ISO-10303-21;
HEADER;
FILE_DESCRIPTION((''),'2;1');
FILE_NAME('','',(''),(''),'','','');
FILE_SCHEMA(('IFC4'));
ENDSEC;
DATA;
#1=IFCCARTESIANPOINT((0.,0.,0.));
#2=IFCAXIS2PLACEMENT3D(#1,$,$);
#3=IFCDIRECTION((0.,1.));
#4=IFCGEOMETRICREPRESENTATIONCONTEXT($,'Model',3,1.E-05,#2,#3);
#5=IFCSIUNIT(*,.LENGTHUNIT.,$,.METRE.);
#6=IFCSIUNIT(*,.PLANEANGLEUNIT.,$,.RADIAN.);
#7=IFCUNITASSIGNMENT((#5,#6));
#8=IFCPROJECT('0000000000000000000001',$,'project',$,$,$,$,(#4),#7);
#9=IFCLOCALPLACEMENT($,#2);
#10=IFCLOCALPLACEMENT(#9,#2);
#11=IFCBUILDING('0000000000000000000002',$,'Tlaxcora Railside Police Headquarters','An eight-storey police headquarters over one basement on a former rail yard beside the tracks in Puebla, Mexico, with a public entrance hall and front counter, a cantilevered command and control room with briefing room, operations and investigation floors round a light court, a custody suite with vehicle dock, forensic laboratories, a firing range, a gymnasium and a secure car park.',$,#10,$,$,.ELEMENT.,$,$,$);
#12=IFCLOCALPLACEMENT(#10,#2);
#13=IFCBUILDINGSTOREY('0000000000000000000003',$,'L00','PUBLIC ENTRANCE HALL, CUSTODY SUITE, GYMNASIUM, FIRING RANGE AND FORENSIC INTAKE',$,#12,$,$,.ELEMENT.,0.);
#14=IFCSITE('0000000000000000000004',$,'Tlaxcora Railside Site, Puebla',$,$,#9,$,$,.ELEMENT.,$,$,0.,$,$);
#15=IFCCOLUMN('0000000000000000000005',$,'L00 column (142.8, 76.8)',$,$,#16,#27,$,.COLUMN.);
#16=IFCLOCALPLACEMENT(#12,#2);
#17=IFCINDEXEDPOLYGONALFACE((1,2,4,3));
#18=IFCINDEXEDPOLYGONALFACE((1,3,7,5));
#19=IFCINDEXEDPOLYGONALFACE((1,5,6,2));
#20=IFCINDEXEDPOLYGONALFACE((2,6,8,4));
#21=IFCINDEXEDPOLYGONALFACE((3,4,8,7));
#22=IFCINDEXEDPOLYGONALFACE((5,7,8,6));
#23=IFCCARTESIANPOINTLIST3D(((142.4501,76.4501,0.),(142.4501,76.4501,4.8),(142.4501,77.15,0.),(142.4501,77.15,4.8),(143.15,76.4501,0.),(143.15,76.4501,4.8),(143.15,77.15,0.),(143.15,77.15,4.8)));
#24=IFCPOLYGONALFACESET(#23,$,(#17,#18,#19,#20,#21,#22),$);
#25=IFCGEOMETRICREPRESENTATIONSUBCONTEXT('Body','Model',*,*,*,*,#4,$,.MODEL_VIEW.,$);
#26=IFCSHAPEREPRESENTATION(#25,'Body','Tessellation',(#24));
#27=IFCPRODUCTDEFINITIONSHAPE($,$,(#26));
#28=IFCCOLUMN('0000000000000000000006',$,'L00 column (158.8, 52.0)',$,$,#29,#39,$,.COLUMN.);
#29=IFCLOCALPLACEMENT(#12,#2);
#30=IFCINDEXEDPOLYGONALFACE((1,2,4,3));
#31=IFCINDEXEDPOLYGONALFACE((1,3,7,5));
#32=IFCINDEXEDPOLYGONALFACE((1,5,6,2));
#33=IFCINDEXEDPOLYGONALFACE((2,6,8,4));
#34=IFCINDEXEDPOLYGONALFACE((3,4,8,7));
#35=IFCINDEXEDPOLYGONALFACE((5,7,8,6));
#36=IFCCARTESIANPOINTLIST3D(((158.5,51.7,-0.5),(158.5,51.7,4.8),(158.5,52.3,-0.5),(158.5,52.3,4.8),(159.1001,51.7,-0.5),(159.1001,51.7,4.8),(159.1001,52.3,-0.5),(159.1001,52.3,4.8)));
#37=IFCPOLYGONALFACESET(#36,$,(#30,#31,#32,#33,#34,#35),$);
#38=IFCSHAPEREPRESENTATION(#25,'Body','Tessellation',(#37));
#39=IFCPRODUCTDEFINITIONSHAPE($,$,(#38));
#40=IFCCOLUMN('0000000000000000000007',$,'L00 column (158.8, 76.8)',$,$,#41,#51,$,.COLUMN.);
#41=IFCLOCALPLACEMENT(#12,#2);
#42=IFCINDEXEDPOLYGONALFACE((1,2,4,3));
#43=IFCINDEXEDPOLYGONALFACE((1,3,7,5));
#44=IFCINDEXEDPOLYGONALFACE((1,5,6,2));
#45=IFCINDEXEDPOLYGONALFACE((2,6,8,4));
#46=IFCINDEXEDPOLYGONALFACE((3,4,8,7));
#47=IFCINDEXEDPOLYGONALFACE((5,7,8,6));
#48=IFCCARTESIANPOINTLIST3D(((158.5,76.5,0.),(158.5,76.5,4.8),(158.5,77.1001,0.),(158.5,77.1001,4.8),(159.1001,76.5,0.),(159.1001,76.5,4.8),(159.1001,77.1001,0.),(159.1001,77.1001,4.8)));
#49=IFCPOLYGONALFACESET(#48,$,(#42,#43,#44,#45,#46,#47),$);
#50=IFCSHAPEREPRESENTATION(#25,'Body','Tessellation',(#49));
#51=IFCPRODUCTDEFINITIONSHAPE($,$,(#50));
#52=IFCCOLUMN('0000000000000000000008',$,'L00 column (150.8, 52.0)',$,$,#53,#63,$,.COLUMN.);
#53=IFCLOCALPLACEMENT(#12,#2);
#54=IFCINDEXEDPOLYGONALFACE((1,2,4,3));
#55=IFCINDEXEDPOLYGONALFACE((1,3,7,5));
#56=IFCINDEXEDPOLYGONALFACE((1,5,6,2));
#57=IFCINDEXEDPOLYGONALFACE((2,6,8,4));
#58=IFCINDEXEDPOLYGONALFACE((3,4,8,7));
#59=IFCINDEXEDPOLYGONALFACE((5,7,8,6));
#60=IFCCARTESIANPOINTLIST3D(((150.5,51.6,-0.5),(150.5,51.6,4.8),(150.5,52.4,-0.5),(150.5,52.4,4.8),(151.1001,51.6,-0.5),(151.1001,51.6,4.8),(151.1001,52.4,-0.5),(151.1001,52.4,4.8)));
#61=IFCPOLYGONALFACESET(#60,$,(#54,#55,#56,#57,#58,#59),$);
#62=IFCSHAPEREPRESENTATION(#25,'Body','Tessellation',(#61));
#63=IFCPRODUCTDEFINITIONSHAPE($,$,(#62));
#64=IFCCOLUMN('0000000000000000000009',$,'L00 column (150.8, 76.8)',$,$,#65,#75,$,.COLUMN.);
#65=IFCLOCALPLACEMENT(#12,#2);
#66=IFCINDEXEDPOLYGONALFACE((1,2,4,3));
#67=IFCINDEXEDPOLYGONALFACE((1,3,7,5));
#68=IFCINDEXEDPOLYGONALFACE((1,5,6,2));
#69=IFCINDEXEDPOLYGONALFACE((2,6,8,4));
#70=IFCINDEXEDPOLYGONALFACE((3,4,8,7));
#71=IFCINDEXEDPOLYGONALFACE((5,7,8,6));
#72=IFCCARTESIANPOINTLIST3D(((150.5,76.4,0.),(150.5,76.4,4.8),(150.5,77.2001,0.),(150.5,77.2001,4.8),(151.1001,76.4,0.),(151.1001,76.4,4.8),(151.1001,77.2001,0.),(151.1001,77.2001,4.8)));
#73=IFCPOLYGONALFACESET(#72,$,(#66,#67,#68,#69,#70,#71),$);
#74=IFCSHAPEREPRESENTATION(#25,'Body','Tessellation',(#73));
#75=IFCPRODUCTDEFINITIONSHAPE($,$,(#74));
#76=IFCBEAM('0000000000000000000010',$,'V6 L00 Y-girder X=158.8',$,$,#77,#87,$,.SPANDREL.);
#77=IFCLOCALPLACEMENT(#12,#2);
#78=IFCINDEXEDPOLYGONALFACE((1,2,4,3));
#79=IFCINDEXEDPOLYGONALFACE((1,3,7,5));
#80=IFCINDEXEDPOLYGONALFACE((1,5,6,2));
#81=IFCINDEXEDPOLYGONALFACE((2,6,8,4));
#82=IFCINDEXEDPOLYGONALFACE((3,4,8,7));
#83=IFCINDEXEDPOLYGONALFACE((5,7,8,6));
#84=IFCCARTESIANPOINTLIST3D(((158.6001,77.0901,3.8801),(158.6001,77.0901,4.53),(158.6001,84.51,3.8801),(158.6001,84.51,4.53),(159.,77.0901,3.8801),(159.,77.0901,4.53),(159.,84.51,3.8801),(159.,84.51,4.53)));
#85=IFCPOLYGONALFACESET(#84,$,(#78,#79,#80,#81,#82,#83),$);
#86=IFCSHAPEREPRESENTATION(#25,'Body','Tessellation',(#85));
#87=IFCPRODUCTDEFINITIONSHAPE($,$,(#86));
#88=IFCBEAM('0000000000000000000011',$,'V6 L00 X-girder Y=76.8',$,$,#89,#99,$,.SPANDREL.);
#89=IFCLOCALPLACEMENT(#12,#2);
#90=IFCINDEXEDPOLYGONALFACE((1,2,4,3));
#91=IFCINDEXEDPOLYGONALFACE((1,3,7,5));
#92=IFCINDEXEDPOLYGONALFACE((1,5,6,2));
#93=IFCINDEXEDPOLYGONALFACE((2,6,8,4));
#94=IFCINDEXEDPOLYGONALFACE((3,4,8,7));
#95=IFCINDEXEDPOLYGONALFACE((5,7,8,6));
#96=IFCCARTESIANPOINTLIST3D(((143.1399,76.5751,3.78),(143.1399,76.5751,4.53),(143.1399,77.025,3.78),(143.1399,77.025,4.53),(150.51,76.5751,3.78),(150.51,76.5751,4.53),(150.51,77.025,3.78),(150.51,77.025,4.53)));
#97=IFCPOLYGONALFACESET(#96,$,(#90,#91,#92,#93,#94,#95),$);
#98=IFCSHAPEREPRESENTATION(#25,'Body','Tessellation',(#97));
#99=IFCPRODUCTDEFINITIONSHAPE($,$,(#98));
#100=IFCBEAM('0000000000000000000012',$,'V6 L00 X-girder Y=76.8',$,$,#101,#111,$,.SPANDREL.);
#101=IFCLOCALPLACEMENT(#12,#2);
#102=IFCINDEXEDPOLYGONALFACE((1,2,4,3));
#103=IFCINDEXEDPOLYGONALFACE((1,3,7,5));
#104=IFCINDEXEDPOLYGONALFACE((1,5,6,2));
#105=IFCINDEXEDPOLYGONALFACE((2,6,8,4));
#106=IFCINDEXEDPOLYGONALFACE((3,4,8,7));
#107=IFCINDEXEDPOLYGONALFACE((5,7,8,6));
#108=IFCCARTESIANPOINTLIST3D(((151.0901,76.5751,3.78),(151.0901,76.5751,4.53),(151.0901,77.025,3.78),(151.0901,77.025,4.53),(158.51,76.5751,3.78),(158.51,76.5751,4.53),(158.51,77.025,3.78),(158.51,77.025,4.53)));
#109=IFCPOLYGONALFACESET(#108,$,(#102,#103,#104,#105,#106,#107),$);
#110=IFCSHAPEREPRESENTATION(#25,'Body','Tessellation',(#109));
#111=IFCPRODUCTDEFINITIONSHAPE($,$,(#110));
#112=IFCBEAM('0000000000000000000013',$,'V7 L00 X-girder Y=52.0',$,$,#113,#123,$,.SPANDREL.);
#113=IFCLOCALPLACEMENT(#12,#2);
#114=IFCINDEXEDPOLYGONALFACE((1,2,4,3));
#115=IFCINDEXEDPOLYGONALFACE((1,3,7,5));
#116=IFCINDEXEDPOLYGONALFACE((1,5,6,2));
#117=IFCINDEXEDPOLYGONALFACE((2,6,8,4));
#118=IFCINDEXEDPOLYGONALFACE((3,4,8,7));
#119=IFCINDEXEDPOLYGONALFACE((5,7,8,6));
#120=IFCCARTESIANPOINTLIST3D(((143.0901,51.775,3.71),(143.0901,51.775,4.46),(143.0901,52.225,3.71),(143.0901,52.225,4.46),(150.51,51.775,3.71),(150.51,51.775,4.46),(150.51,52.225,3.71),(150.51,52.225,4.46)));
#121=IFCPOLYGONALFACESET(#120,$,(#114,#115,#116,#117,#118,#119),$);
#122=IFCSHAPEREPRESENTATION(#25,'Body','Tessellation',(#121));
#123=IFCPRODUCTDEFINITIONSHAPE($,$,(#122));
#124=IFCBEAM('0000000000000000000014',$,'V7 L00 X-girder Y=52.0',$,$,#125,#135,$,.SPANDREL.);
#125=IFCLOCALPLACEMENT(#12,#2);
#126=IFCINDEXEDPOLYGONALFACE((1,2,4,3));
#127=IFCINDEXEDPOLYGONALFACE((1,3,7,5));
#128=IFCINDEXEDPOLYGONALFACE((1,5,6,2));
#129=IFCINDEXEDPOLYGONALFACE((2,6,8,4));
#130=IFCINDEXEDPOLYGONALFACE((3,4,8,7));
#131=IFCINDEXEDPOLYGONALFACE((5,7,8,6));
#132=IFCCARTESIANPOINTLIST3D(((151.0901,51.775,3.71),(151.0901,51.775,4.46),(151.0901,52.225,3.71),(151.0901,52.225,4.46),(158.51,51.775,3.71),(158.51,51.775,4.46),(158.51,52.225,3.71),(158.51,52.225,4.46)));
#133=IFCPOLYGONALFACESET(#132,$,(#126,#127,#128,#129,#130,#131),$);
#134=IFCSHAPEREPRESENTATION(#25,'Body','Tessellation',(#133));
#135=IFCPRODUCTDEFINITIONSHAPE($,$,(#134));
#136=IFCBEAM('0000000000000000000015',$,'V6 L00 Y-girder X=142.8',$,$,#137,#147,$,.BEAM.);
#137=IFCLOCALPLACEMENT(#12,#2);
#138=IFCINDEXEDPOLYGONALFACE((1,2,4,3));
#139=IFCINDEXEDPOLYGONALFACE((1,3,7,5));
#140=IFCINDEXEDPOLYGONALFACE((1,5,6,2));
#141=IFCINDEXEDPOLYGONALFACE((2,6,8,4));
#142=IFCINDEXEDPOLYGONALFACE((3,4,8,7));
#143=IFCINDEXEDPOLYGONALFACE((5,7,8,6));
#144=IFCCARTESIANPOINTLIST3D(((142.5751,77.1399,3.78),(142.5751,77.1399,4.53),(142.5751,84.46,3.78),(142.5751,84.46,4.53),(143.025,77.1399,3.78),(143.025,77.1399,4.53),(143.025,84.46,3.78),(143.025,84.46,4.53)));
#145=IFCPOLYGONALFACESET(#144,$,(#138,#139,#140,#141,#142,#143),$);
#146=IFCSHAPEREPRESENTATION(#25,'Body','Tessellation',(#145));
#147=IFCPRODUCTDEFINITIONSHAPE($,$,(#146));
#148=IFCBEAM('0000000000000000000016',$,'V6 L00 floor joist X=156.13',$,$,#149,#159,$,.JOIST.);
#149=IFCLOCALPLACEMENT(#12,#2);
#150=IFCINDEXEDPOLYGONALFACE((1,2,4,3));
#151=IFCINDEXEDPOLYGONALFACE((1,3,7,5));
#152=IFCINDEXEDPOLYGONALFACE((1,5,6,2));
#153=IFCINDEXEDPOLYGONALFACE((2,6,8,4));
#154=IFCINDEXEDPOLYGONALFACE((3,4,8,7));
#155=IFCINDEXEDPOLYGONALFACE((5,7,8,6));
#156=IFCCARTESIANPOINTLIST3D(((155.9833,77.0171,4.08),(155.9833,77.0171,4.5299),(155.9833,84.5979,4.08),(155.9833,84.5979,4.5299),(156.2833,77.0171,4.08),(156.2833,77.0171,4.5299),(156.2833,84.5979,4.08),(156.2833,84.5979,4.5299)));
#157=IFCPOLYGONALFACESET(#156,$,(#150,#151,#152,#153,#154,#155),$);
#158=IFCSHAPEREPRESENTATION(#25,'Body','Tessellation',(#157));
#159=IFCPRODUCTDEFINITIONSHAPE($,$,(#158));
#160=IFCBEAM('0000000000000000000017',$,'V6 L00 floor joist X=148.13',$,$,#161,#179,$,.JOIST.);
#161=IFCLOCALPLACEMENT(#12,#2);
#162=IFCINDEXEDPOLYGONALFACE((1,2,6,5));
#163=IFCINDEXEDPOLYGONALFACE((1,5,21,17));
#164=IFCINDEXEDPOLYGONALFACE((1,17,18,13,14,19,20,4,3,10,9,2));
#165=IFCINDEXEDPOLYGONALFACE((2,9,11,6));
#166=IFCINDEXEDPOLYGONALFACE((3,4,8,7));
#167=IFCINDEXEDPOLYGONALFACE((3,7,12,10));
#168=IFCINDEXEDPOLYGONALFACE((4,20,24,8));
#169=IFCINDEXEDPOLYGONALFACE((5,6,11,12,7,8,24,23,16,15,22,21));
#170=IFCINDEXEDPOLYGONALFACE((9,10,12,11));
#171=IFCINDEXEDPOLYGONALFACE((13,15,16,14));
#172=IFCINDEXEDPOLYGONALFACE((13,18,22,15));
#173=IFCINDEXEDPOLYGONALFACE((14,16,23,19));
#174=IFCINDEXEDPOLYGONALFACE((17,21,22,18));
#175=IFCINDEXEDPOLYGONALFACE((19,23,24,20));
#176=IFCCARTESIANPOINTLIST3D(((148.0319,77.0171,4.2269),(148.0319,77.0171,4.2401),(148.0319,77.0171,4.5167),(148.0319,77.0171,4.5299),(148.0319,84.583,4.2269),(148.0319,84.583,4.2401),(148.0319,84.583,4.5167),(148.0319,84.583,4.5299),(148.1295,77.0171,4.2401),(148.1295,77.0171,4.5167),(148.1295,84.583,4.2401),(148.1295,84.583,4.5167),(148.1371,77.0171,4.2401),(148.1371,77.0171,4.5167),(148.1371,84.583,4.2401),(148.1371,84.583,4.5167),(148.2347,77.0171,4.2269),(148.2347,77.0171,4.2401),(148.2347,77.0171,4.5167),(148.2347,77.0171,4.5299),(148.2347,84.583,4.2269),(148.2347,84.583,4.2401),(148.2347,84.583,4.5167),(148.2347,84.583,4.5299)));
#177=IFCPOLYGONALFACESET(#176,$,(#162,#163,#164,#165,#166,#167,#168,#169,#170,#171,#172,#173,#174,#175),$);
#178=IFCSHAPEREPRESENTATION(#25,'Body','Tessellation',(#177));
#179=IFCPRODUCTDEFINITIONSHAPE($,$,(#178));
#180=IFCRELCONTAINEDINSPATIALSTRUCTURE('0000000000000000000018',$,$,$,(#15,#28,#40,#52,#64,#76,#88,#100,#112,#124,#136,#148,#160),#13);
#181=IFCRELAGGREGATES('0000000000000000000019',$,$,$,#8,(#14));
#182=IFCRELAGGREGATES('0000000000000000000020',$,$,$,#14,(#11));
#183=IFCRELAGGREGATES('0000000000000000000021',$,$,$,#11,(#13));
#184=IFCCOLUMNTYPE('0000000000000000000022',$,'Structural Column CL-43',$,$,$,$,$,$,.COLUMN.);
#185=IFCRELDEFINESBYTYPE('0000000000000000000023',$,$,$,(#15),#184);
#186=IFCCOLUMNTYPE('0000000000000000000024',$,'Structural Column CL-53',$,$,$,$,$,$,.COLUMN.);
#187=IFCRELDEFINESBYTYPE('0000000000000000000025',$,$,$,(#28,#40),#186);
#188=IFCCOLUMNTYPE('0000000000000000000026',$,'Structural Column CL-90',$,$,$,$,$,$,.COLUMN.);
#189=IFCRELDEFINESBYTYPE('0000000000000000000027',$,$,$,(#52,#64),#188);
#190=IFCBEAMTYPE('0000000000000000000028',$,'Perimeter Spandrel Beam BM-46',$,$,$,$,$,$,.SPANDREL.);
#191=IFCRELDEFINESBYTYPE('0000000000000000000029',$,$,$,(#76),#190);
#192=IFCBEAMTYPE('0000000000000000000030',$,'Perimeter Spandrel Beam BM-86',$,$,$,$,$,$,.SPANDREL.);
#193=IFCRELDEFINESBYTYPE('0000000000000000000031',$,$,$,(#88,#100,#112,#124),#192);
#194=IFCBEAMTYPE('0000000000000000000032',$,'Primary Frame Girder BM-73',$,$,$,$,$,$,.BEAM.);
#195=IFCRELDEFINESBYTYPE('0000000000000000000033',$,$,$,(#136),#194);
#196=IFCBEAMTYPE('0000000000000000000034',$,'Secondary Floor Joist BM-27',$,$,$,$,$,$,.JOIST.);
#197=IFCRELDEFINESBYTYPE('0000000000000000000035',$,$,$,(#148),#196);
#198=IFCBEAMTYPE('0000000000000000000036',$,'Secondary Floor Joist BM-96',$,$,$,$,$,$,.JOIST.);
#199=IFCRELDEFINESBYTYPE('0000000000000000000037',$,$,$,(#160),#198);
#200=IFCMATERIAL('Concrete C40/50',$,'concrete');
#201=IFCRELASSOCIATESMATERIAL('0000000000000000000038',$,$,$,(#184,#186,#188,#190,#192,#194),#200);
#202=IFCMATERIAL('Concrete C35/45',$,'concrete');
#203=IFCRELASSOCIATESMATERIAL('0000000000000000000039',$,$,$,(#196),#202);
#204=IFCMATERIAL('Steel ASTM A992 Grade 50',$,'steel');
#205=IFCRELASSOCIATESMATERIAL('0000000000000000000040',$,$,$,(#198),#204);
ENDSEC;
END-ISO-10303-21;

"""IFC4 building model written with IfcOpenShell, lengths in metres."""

from ifc_helpers import new_model, si_unit, direction, frame, origin, origin_2d, place, context, subcontext, project, spatial, rectangle, i_section, extrude, material, material_profile, profile_set, type_object, element, save


model = new_model("IFC4")

# Units and contexts
model_context = context("Model", 3, precision=1e-05, world=origin(), true_north=direction((0.0, 1.0)))
body_context = subcontext(model_context, "Body", "Model", "MODEL_VIEW")
ifc_project = project(units=[si_unit("LENGTHUNIT", "METRE"), si_unit("PLANEANGLEUNIT", "RADIAN")], contexts=[model_context])

# Site, building, storey
site_placement = place(None, origin())
site = spatial("IfcSite", under=ifc_project, at=site_placement, Name="Tlaxcora Railside Site, Puebla", CompositionType="ELEMENT", RefElevation=0.0)
building_placement = place(site_placement, origin())
building = spatial("IfcBuilding", under=site, at=building_placement, Name="Tlaxcora Railside Police Headquarters", Description="An eight-storey police headquarters over one basement on a former rail yard beside the tracks in Puebla, Mexico, with a public entrance hall and front counter, a cantilevered command and control room with briefing room, operations and investigation floors round a light court, a custody suite with vehicle dock, forensic laboratories, a firing range, a gymnasium and a secure car park.", CompositionType="ELEMENT")
storey_placement = place(building_placement, origin())
storey = spatial("IfcBuildingStorey", under=building, at=storey_placement, Name="L00", Description="PUBLIC ENTRANCE HALL, CUSTODY SUITE, GYMNASIUM, FIRING RANGE AND FORENSIC INTAKE", CompositionType="ELEMENT", Elevation=0.0)

# Shared definitions
ifc_material_1 = material(Name="Concrete C35/45", Category="concrete")

# Shared definitions
ifc_material_2 = material(Name="Concrete C40/50", Category="concrete")

# Columns
ifc_material_profile_1 = material_profile(ifc_material_2, rectangle(XDim=0.7, YDim=0.7, at=origin_2d()), Name="RC700X700")
ifc_profile_set_1 = profile_set([ifc_material_profile_1], Name="Concrete C40/50")
column_type_1 = type_object("IfcColumnType", Name="Structural Column CL-43", PredefinedType="COLUMN", material=ifc_profile_set_1)
column_1_placement = place(storey_placement, frame((142.8, 76.8, 0.0), z_axis=(0.0, 0.0, 1.0), x_axis=(1.0, 0.0, 0.0)))
element("IfcColumn", 1, at=column_1_placement, inside=storey, type_object=column_type_1, Name="L00 column (142.8, 76.8)", PredefinedType="COLUMN", context=body_context, shape_type="SweptSolid", body=[
    extrude(rectangle(XDim=0.7, YDim=0.7, at=origin_2d()), origin(), (0.0, 0.0, 1.0), 4.8),
])
ifc_material_profile_2 = material_profile(ifc_material_2, rectangle(XDim=0.6001, YDim=0.6001, at=origin_2d()), Name="RC600X600")
ifc_profile_set_2 = profile_set([ifc_material_profile_2], Name="Concrete C40/50")
column_type_2 = type_object("IfcColumnType", Name="Structural Column CL-53", PredefinedType="COLUMN", material=ifc_profile_set_2)
column_2_placement = place(storey_placement, frame((158.8, 52.0, -0.5), z_axis=(0.0, 0.0, 1.0), x_axis=(1.0, 0.0, 0.0)))
element("IfcColumn", 2, at=column_2_placement, inside=storey, type_object=column_type_2, Name="L00 column (158.8, 52.0)", PredefinedType="COLUMN", context=body_context, shape_type="SweptSolid", body=[
    extrude(rectangle(XDim=0.6001, YDim=0.6001, at=origin_2d()), origin(), (0.0, 0.0, 1.0), 5.3),
])
column_3_placement = place(storey_placement, frame((158.8, 76.8, 0.0), z_axis=(0.0, 0.0, 1.0), x_axis=(1.0, 0.0, 0.0)))
element("IfcColumn", 3, at=column_3_placement, inside=storey, type_object=column_type_2, Name="L00 column (158.8, 76.8)", PredefinedType="COLUMN", context=body_context, shape_type="SweptSolid", body=[
    extrude(rectangle(XDim=0.6001, YDim=0.6001, at=origin_2d()), origin(), (0.0, 0.0, 1.0), 4.8),
])
ifc_material_profile_3 = material_profile(ifc_material_2, rectangle(XDim=0.6001, YDim=0.8, at=origin_2d()), Name="RC600X800")
ifc_profile_set_3 = profile_set([ifc_material_profile_3], Name="Concrete C40/50")
column_type_3 = type_object("IfcColumnType", Name="Structural Column CL-90", PredefinedType="COLUMN", material=ifc_profile_set_3)
column_4_placement = place(storey_placement, frame((150.8, 52.0, -0.5), z_axis=(0.0, 0.0, 1.0), x_axis=(1.0, 0.0, 0.0)))
element("IfcColumn", 4, at=column_4_placement, inside=storey, type_object=column_type_3, Name="L00 column (150.8, 52.0)", PredefinedType="COLUMN", context=body_context, shape_type="SweptSolid", body=[
    extrude(rectangle(XDim=0.6001, YDim=0.8, at=origin_2d()), origin(), (0.0, 0.0, 1.0), 5.3),
])
column_5_placement = place(storey_placement, frame((150.8, 76.8, 0.0), z_axis=(0.0, 0.0, 1.0), x_axis=(1.0, 0.0, 0.0)))
element("IfcColumn", 5, at=column_5_placement, inside=storey, type_object=column_type_3, Name="L00 column (150.8, 76.8)", PredefinedType="COLUMN", context=body_context, shape_type="SweptSolid", body=[
    extrude(rectangle(XDim=0.6001, YDim=0.8, at=origin_2d()), origin(), (0.0, 0.0, 1.0), 4.8),
])

# Beams
ifc_material_profile_4 = material_profile(ifc_material_2, rectangle(XDim=0.3999, YDim=0.6499, at=origin_2d()), Name="RC400X650")
ifc_profile_set_4 = profile_set([ifc_material_profile_4], Name="Concrete C40/50")
beam_type_1 = type_object("IfcBeamType", Name="Perimeter Spandrel Beam BM-46", PredefinedType="SPANDREL", material=ifc_profile_set_4)
beam_1_placement = place(storey_placement, frame((158.8, 77.0901, 4.2051), z_axis=(0.0, 1.0, 0.0), x_axis=(-1.0, 0.0, 0.0)))
element("IfcBeam", 6, at=beam_1_placement, inside=storey, type_object=beam_type_1, Name="V6 L00 Y-girder X=158.8", PredefinedType="SPANDREL", context=body_context, shape_type="SweptSolid", body=[
    extrude(rectangle(XDim=0.3999, YDim=0.6499, at=origin_2d()), origin(), (0.0, 0.0, 1.0), 7.4199),
])
ifc_material_profile_5 = material_profile(ifc_material_2, rectangle(XDim=0.45, YDim=0.75, at=origin_2d()), Name="RC450X750")
ifc_profile_set_5 = profile_set([ifc_material_profile_5], Name="Concrete C40/50")
beam_type_2 = type_object("IfcBeamType", Name="Perimeter Spandrel Beam BM-86", PredefinedType="SPANDREL", material=ifc_profile_set_5)
beam_2_placement = place(storey_placement, frame((143.1399, 76.8, 4.155), z_axis=(1.0, 0.0, 0.0), x_axis=(0.0, 1.0, 0.0)))
element("IfcBeam", 7, at=beam_2_placement, inside=storey, type_object=beam_type_2, Name="V6 L00 X-girder Y=76.8", PredefinedType="SPANDREL", context=body_context, shape_type="SweptSolid", body=[
    extrude(rectangle(XDim=0.45, YDim=0.75, at=origin_2d()), origin(), (0.0, 0.0, 1.0), 7.3701),
])
for number, where, z_axis, x_axis, name in (
    (8, (151.0901, 76.8, 4.155), (1.0, 0.0, 0.0), (0.0, 1.0, 0.0), "V6 L00 X-girder Y=76.8"),
    (9, (143.0901, 52.0, 4.085), (1.0, 0.0, 0.0), (0.0, 1.0, 0.0), "V7 L00 X-girder Y=52.0"),
    (10, (151.0901, 52.0, 4.085), (1.0, 0.0, 0.0), (0.0, 1.0, 0.0), "V7 L00 X-girder Y=52.0"),
):
    element("IfcBeam", number, at=place(storey_placement, frame(where, z_axis=z_axis, x_axis=x_axis)), inside=storey, type_object=beam_type_2, Name=name, PredefinedType="SPANDREL", context=body_context, shape_type="SweptSolid", body=[
        extrude(rectangle(XDim=0.45, YDim=0.75, at=origin_2d()), origin(), (0.0, 0.0, 1.0), 7.4199),
    ])
ifc_material_profile_6 = material_profile(ifc_material_2, rectangle(XDim=0.45, YDim=0.75, at=origin_2d()), Name="RC450X750")
ifc_profile_set_6 = profile_set([ifc_material_profile_6], Name="Concrete C40/50")
beam_type_3 = type_object("IfcBeamType", Name="Primary Frame Girder BM-73", PredefinedType="BEAM", material=ifc_profile_set_6)
beam_3_placement = place(storey_placement, frame((142.8, 77.1399, 4.155), z_axis=(0.0, 1.0, 0.0), x_axis=(-1.0, 0.0, 0.0)))
element("IfcBeam", 11, at=beam_3_placement, inside=storey, type_object=beam_type_3, Name="V6 L00 Y-girder X=142.8", PredefinedType="BEAM", context=body_context, shape_type="SweptSolid", body=[
    extrude(rectangle(XDim=0.45, YDim=0.75, at=origin_2d()), origin(), (0.0, 0.0, 1.0), 7.3201),
])
ifc_material_profile_7 = material_profile(ifc_material_1, rectangle(XDim=0.3, YDim=0.45, at=origin_2d()), Name="RC300X450")
ifc_profile_set_7 = profile_set([ifc_material_profile_7], Name="Concrete C35/45")
beam_type_4 = type_object("IfcBeamType", Name="Secondary Floor Joist BM-27", PredefinedType="JOIST", material=ifc_profile_set_7)
beam_4_placement = place(storey_placement, frame((156.1333, 77.0171, 4.3049), z_axis=(0.0, 1.0, 0.0), x_axis=(-1.0, 0.0, 0.0)))
element("IfcBeam", 12, at=beam_4_placement, inside=storey, type_object=beam_type_4, Name="V6 L00 floor joist X=156.13", PredefinedType="JOIST", context=body_context, shape_type="SweptSolid", body=[
    extrude(rectangle(XDim=0.3, YDim=0.45, at=origin_2d()), origin(), (0.0, 0.0, 1.0), 7.5808),
])
ifc_material_3 = material(Name="Steel ASTM A992 Grade 50", Category="steel")
ifc_material_profile_8 = material_profile(ifc_material_3, i_section(OverallWidth=0.2029, OverallDepth=0.303, WebThickness=0.0076, FlangeThickness=0.0132, at=origin_2d()), Name="W12X40")
ifc_profile_set_8 = profile_set([ifc_material_profile_8], Name="Steel ASTM A992 Grade 50")
beam_type_5 = type_object("IfcBeamType", Name="Secondary Floor Joist BM-96", PredefinedType="JOIST", material=ifc_profile_set_8)
beam_5_placement = place(storey_placement, frame((148.1333, 77.0171, 4.3784), z_axis=(0.0, 1.0, 0.0), x_axis=(-1.0, 0.0, 0.0)))
element("IfcBeam", 13, at=beam_5_placement, inside=storey, type_object=beam_type_5, Name="V6 L00 floor joist X=148.13", PredefinedType="JOIST", context=body_context, shape_type="SweptSolid", body=[
    extrude(i_section(OverallWidth=0.2029, OverallDepth=0.303, WebThickness=0.0076, FlangeThickness=0.0132, at=origin_2d()), origin(), (0.0, 0.0, 1.0), 7.5659),
])

save(model, "model.ifc")
